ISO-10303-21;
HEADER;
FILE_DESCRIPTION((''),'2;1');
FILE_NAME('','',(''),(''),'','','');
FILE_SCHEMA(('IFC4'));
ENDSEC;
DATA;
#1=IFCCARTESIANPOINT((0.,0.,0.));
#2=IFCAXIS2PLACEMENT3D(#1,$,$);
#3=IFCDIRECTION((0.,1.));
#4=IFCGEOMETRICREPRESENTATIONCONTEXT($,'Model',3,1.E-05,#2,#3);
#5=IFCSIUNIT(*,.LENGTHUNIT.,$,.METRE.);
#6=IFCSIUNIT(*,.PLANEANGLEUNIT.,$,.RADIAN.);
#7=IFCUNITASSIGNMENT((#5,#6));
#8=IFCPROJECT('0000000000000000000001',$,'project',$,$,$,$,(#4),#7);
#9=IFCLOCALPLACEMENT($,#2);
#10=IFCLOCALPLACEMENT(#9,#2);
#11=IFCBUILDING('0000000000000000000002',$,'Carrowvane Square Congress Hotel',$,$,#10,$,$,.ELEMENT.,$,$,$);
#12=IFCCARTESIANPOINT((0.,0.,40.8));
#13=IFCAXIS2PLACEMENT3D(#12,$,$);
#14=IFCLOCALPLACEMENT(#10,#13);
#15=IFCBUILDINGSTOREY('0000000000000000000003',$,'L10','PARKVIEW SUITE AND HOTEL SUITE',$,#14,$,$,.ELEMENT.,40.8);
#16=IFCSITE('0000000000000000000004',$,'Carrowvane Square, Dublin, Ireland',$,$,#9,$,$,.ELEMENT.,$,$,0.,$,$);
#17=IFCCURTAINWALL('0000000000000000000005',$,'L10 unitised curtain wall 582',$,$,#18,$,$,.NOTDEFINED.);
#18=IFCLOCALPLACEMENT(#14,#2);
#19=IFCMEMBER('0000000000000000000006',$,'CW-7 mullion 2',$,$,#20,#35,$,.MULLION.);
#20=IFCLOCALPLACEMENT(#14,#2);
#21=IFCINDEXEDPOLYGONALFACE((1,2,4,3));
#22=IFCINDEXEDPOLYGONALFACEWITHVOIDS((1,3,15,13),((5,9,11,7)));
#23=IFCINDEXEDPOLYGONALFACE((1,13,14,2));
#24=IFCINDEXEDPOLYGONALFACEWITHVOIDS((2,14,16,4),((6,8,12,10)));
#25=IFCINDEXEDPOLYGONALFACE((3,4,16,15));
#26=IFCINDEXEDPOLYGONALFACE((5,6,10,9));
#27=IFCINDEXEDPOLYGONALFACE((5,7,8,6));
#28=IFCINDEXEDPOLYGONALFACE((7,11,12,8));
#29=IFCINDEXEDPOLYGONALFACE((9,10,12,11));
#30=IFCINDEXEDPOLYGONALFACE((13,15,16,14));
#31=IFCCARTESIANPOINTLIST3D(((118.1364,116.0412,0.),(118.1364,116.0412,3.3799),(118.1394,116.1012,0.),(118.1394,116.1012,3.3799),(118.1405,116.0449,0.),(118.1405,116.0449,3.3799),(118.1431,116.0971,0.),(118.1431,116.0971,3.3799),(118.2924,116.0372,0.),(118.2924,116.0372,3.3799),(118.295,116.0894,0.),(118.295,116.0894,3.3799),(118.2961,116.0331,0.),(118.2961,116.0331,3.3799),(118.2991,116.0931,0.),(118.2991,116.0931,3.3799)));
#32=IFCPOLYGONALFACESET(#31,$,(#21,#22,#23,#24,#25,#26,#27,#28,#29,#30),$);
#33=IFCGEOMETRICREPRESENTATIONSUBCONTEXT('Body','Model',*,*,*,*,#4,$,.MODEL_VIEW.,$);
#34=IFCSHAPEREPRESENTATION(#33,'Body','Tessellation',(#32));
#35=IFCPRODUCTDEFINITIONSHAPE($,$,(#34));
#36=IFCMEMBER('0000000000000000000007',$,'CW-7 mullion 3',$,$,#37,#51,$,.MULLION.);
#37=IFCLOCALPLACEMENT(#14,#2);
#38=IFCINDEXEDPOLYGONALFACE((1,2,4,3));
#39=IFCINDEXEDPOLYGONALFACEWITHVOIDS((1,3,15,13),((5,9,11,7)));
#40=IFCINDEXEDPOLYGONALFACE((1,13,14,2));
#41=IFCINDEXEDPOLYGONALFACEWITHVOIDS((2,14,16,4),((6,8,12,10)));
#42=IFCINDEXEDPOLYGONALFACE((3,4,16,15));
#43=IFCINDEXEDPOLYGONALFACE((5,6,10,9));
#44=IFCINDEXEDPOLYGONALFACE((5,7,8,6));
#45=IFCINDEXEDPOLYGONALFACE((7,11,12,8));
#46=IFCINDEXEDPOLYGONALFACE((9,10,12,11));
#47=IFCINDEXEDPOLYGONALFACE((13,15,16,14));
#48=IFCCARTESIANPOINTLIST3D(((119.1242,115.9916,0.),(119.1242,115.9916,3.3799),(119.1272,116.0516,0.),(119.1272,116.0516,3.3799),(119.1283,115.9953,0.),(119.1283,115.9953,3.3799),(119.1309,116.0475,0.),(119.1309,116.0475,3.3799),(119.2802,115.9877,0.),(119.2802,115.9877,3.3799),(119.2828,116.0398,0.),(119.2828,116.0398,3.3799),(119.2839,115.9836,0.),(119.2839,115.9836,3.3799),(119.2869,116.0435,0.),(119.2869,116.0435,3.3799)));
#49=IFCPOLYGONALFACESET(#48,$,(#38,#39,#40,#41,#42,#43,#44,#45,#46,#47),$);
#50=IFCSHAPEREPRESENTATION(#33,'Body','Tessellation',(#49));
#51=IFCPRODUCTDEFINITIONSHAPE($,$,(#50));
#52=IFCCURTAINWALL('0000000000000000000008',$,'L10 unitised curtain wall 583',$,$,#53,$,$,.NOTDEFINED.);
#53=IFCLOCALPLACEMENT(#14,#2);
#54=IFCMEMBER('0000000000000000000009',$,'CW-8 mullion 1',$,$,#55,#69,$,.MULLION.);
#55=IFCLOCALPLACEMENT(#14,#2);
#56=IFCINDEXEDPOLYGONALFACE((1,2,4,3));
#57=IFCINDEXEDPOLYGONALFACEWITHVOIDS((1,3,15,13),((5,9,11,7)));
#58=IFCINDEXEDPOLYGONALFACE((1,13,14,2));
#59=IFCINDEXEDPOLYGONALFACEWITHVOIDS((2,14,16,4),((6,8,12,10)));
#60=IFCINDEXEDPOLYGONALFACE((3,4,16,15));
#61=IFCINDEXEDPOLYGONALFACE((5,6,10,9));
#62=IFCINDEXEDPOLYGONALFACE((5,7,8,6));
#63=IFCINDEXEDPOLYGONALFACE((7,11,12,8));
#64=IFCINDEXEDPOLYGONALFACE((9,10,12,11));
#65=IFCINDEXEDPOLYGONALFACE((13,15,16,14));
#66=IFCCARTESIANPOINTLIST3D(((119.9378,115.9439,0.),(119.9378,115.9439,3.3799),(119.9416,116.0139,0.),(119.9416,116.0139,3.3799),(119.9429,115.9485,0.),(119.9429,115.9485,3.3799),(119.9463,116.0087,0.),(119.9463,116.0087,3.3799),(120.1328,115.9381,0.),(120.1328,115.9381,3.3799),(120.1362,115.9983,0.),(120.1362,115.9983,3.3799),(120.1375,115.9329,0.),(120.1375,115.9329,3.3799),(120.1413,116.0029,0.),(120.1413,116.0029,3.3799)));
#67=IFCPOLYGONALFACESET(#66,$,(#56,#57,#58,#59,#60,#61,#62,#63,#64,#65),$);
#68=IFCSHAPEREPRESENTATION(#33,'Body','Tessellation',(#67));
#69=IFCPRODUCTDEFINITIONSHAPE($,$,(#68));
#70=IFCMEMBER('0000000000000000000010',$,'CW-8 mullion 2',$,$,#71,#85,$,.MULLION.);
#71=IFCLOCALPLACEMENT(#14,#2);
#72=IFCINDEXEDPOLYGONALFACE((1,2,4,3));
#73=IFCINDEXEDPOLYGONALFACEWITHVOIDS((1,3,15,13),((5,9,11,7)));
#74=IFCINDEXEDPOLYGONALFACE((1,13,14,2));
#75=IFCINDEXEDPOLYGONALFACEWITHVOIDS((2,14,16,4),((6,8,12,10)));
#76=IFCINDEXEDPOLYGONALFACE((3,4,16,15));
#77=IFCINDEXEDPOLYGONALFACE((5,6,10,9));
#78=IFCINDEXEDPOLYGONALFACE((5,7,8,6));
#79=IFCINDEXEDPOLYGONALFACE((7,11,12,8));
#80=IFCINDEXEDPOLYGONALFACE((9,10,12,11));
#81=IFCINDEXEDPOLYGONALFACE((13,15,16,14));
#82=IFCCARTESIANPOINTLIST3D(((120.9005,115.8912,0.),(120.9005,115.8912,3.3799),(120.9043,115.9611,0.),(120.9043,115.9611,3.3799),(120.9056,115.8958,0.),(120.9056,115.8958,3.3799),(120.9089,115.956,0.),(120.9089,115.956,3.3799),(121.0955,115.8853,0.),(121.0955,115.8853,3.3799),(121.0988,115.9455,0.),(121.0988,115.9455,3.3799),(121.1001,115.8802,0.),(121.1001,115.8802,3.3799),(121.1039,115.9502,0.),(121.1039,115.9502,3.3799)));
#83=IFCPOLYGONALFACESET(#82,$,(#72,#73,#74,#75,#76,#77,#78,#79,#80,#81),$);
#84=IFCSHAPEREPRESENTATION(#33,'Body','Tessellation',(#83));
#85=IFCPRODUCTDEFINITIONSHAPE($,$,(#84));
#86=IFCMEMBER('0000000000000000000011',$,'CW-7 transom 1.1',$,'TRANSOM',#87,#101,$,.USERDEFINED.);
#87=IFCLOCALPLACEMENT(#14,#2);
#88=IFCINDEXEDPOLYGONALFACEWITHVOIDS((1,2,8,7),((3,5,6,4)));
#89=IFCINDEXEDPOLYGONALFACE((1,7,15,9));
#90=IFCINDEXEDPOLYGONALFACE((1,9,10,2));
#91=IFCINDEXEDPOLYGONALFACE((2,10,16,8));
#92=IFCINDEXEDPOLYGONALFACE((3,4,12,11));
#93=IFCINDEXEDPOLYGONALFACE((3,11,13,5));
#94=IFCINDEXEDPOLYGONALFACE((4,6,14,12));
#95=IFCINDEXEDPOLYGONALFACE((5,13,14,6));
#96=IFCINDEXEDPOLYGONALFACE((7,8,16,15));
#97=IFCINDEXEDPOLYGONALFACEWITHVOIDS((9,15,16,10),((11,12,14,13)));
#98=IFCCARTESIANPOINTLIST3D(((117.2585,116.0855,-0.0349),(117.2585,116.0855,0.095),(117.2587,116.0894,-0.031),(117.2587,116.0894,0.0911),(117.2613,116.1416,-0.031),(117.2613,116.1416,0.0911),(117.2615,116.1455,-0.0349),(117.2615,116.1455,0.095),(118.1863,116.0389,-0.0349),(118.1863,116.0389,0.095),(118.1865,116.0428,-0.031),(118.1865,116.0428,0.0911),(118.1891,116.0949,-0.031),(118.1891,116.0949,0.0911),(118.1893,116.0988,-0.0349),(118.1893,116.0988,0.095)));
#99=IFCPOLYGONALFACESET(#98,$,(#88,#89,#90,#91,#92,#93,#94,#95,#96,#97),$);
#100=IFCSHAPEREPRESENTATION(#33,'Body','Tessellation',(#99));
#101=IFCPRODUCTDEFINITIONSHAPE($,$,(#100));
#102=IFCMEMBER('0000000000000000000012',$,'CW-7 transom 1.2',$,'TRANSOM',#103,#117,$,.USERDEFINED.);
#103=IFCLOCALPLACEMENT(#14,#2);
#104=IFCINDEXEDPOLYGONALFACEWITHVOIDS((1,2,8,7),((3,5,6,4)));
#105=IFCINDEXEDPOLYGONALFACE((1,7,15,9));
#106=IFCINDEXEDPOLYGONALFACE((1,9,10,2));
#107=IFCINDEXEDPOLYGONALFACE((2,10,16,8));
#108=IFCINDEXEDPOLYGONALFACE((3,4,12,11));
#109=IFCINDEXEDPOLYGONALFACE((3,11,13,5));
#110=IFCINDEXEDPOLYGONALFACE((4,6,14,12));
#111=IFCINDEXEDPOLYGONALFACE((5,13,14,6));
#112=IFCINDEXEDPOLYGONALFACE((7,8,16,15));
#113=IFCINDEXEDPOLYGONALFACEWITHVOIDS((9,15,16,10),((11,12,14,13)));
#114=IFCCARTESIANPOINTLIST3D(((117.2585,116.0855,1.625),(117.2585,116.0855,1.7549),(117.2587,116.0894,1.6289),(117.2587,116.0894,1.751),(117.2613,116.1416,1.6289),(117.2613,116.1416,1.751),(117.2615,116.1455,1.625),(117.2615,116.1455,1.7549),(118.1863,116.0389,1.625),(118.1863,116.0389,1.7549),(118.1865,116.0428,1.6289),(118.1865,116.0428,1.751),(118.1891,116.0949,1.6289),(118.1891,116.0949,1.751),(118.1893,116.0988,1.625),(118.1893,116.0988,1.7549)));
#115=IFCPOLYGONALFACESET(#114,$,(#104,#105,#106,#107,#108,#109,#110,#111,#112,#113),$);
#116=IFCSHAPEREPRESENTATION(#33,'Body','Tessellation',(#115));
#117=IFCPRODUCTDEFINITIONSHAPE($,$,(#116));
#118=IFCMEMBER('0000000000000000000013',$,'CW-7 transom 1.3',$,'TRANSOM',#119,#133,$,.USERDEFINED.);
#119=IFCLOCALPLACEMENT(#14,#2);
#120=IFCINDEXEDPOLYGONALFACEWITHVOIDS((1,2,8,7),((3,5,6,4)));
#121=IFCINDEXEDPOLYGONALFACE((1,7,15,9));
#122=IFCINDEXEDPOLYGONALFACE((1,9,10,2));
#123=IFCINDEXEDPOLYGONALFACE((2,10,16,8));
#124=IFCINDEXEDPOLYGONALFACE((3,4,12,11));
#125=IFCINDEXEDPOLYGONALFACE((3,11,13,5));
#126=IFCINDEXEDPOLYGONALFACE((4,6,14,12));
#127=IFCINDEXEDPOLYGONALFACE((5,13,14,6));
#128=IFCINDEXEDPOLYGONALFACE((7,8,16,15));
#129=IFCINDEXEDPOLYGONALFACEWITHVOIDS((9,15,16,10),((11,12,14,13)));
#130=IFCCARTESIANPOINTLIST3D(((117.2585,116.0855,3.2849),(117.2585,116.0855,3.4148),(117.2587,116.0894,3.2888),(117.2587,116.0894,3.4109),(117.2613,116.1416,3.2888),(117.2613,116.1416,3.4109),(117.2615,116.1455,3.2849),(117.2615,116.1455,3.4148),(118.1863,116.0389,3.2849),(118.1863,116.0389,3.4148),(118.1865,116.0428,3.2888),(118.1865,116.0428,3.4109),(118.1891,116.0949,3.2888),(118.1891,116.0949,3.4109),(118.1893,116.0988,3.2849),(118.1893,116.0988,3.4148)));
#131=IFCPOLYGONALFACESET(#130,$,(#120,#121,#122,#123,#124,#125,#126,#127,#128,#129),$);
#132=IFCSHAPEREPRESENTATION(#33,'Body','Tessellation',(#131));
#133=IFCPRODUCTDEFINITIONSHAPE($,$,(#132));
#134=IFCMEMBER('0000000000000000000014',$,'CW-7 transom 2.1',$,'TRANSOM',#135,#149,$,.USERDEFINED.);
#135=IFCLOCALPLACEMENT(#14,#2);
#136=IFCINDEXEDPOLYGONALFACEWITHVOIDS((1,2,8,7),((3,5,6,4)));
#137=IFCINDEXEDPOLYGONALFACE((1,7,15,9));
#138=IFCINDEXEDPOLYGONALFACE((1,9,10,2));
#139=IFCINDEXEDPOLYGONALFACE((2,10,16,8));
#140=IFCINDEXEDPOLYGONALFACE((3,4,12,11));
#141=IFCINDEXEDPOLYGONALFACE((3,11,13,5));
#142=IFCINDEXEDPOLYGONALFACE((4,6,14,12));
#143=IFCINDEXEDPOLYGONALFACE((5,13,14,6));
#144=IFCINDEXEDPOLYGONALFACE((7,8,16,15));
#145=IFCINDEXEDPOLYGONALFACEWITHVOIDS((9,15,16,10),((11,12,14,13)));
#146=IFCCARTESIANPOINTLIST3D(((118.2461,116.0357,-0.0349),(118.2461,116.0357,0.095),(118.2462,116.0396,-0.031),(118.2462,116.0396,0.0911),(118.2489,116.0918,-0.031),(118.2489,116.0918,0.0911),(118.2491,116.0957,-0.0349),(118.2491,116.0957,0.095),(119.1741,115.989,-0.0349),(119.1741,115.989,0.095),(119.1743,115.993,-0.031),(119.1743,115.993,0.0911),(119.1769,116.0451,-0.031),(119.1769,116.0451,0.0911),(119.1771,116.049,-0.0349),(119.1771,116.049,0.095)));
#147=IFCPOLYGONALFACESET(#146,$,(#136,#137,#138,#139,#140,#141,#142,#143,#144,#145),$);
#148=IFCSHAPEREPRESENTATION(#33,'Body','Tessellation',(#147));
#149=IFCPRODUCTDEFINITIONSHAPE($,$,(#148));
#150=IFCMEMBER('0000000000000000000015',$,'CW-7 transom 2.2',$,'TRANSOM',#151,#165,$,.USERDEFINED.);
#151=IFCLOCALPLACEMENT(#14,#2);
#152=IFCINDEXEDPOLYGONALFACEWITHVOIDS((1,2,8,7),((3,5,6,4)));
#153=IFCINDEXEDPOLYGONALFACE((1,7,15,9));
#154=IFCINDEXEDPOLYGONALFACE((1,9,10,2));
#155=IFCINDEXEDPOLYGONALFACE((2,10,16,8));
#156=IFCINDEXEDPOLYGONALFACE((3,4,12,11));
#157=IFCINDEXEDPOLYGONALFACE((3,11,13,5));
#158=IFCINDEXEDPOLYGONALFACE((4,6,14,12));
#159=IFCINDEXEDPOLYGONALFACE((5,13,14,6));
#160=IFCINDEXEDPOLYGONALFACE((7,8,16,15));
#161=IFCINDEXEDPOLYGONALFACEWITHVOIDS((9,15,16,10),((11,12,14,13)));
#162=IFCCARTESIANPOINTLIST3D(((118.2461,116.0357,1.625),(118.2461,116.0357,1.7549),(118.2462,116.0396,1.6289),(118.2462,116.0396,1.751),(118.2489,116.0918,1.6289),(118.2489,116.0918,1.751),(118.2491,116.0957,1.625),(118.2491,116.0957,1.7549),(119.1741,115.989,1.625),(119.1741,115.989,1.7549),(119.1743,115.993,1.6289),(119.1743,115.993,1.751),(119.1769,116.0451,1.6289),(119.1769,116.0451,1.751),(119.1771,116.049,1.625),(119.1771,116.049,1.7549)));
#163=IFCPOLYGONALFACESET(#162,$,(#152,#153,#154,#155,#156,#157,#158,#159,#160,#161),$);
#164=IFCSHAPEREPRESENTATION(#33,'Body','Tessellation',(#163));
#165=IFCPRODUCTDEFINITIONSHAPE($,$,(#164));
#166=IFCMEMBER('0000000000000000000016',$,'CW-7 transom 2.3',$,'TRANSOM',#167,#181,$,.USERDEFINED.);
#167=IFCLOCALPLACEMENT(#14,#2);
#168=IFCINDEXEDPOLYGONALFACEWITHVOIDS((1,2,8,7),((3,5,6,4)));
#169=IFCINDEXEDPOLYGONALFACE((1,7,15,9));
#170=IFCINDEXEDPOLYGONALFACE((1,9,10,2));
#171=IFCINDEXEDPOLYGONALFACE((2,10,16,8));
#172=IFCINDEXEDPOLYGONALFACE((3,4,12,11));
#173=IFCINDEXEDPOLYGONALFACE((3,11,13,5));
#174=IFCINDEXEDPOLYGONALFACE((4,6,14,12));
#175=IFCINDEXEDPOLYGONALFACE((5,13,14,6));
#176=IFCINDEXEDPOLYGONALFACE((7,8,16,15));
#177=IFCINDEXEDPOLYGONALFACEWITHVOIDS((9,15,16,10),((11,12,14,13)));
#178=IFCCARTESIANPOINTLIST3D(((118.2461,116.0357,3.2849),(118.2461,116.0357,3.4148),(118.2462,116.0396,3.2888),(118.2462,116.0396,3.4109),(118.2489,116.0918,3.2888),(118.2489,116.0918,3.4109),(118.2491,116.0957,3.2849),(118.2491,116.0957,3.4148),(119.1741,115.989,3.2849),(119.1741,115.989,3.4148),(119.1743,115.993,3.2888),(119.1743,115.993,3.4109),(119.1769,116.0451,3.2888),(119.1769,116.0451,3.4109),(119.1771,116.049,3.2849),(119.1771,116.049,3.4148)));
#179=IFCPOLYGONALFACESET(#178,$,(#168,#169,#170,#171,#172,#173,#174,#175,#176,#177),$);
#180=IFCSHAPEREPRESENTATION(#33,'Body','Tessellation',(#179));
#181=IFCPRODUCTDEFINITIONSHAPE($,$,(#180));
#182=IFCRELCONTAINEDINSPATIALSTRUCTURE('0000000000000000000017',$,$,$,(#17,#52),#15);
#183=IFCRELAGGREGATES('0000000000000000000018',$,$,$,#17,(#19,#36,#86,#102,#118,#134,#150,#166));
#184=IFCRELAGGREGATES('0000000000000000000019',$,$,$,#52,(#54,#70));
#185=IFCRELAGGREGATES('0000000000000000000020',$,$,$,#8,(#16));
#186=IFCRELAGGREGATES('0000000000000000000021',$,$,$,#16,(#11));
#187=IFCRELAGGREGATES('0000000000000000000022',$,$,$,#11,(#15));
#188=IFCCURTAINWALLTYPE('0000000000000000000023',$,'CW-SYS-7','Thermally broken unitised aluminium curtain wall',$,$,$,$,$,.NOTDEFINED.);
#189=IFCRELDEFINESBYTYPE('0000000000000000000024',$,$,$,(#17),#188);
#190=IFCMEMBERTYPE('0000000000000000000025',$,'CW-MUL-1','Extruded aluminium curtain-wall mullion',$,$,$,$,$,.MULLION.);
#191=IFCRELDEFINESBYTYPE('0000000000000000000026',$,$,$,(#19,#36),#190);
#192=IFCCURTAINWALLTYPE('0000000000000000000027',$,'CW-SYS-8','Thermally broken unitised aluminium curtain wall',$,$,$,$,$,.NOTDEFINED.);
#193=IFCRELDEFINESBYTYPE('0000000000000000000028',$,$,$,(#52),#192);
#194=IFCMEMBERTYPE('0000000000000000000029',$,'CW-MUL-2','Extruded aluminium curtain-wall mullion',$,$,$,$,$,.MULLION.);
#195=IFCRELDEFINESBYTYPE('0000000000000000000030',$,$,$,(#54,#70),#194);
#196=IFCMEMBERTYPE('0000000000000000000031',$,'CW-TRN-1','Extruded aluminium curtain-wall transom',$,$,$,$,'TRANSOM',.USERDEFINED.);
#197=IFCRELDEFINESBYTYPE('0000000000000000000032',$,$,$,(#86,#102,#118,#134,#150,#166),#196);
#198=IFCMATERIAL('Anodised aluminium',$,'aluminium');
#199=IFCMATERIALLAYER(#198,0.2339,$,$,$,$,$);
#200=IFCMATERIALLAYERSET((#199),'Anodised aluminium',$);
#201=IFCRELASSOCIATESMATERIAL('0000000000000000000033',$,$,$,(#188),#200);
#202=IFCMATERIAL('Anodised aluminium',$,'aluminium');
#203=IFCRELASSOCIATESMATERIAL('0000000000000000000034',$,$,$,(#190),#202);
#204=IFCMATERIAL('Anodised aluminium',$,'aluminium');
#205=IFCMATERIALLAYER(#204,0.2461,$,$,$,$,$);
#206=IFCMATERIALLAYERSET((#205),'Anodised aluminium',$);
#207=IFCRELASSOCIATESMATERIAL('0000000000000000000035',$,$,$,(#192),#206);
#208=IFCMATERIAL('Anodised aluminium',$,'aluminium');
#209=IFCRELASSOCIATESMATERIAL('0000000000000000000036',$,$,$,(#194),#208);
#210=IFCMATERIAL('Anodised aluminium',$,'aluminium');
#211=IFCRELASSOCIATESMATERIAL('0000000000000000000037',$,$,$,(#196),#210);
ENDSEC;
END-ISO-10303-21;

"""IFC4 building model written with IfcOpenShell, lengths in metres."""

from ifc_helpers import new_model, si_unit, direction, frame, origin, origin_2d, place, context, subcontext, project, spatial, hollow_rectangle, extrude, material, layer, layer_set, material_profile, profile_set, type_object, element, aggregate, save


model = new_model("IFC4")

# Units and contexts
model_context = context("Model", 3, precision=1e-05, world=origin(), true_north=direction((0.0, 1.0)))
body_context = subcontext(model_context, "Body", "Model", "MODEL_VIEW")
ifc_project = project(units=[si_unit("LENGTHUNIT", "METRE"), si_unit("PLANEANGLEUNIT", "RADIAN")], contexts=[model_context])

# Site, building, storey
site_placement = place(None, origin())
site = spatial("IfcSite", under=ifc_project, at=site_placement, Name="Carrowvane Square, Dublin, Ireland", CompositionType="ELEMENT", RefElevation=0.0)
building_placement = place(site_placement, origin())
building = spatial("IfcBuilding", under=site, at=building_placement, Name="Carrowvane Square Congress Hotel", CompositionType="ELEMENT")
storey_placement = place(building_placement, frame((0.0, 0.0, 40.8)))
storey = spatial("IfcBuildingStorey", under=building, at=storey_placement, Name="L10", Description="PARKVIEW SUITE AND HOTEL SUITE", CompositionType="ELEMENT", Elevation=40.8)

# Curtain walls, members
ifc_material_1 = material(Name="Anodised aluminium", Category="aluminium")
ifc_layer_1 = layer(ifc_material_1, 0.2339)
ifc_layer_set_1 = layer_set([ifc_layer_1], Name="Anodised aluminium")
curtain_wall_type_1 = type_object("IfcCurtainWallType", Name="CW-SYS-7", Description="Thermally broken unitised aluminium curtain wall", PredefinedType="NOTDEFINED", material=ifc_layer_set_1)
curtain_wall_1_placement = place(storey_placement, origin())
curtain_wall_1 = element("IfcCurtainWall", 1, at=curtain_wall_1_placement, inside=storey, type_object=curtain_wall_type_1, Name="L10 unitised curtain wall 582", PredefinedType="NOTDEFINED")
ifc_material_2 = material(Name="Anodised aluminium", Category="aluminium")
ifc_material_profile_1 = material_profile(ifc_material_2, hollow_rectangle(XDim=0.0601, YDim=0.1599, WallThickness=0.0039, at=origin_2d()), Name="CW-ML 60x160x4")
ifc_profile_set_1 = profile_set([ifc_material_profile_1], Name="Anodised aluminium")
member_type_1 = type_object("IfcMemberType", Name="CW-MUL-1", Description="Extruded aluminium curtain-wall mullion", PredefinedType="MULLION", material=ifc_profile_set_1)
member_1_placement = place(storey_placement, frame((118.2178, 116.0671, 0.0), z_axis=(0.0, 0.0, 1.0), x_axis=(0.050324, 0.998733, 0.0)))
member_1 = element("IfcMember", 2, at=member_1_placement, type_object=member_type_1, Name="CW-7 mullion 2", PredefinedType="MULLION", context=body_context, shape_type="SweptSolid", body=[
    extrude(hollow_rectangle(XDim=0.0601, YDim=0.1599, WallThickness=0.0039, at=origin_2d()), origin(), (0.0, 0.0, 1.0), 3.3799),
])
member_2_placement = place(storey_placement, frame((119.2056, 116.0176, 0.0), z_axis=(0.0, 0.0, 1.0), x_axis=(0.050324, 0.998733, 0.0)))
member_2 = element("IfcMember", 3, at=member_2_placement, type_object=member_type_1, Name="CW-7 mullion 3", PredefinedType="MULLION", context=body_context, shape_type="SweptSolid", body=[
    extrude(hollow_rectangle(XDim=0.0601, YDim=0.1599, WallThickness=0.0039, at=origin_2d()), origin(), (0.0, 0.0, 1.0), 3.3799),
])
ifc_material_3 = material(Name="Anodised aluminium", Category="aluminium")
ifc_layer_2 = layer(ifc_material_3, 0.2461)
ifc_layer_set_2 = layer_set([ifc_layer_2], Name="Anodised aluminium")
curtain_wall_type_2 = type_object("IfcCurtainWallType", Name="CW-SYS-8", Description="Thermally broken unitised aluminium curtain wall", PredefinedType="NOTDEFINED", material=ifc_layer_set_2)
curtain_wall_2_placement = place(storey_placement, origin())
curtain_wall_2 = element("IfcCurtainWall", 4, at=curtain_wall_2_placement, inside=storey, type_object=curtain_wall_type_2, Name="L10 unitised curtain wall 583", PredefinedType="NOTDEFINED")
ifc_material_4 = material(Name="Anodised aluminium", Category="aluminium")
ifc_material_profile_2 = material_profile(ifc_material_4, hollow_rectangle(XDim=0.0701, YDim=0.2, WallThickness=0.0049, at=origin_2d()), Name="CW-ML 70x200x5")
ifc_profile_set_2 = profile_set([ifc_material_profile_2], Name="Anodised aluminium")
member_type_2 = type_object("IfcMemberType", Name="CW-MUL-2", Description="Extruded aluminium curtain-wall mullion", PredefinedType="MULLION", material=ifc_profile_set_2)
member_3_placement = place(storey_placement, frame((120.0396, 115.9734, 0.0), z_axis=(0.0, 0.0, 1.0), x_axis=(0.054816, 0.998496, 0.0)))
member_3 = element("IfcMember", 5, at=member_3_placement, type_object=member_type_2, Name="CW-8 mullion 1", PredefinedType="MULLION", context=body_context, shape_type="SweptSolid", body=[
    extrude(hollow_rectangle(XDim=0.0701, YDim=0.2, WallThickness=0.0049, at=origin_2d()), origin(), (0.0, 0.0, 1.0), 3.3799),
])
member_4_placement = place(storey_placement, frame((121.0022, 115.9207, 0.0), z_axis=(0.0, 0.0, 1.0), x_axis=(0.054816, 0.998496, 0.0)))
member_4 = element("IfcMember", 6, at=member_4_placement, type_object=member_type_2, Name="CW-8 mullion 2", PredefinedType="MULLION", context=body_context, shape_type="SweptSolid", body=[
    extrude(hollow_rectangle(XDim=0.0701, YDim=0.2, WallThickness=0.0049, at=origin_2d()), origin(), (0.0, 0.0, 1.0), 3.3799),
])

# Members
ifc_material_5 = material(Name="Anodised aluminium", Category="aluminium")
ifc_material_profile_3 = material_profile(ifc_material_5, hollow_rectangle(XDim=0.0601, YDim=0.1299, WallThickness=0.0039, at=origin_2d()), Name="CW-TR 60x130x4")
ifc_profile_set_3 = profile_set([ifc_material_profile_3], Name="Anodised aluminium")
member_type_3 = type_object("IfcMemberType", Name="CW-TRN-1", Description="Extruded aluminium curtain-wall transom", ElementType="TRANSOM", PredefinedType="USERDEFINED", material=ifc_profile_set_3)
member_5_placement = place(storey_placement, frame((117.26, 116.1155, 0.03), z_axis=(0.998739, -0.0502, 0.0), x_axis=(0.0502, 0.998739, 0.0)))
member_5 = element("IfcMember", 7, at=member_5_placement, type_object=member_type_3, Name="CW-7 transom 1.1", ObjectType="TRANSOM", PredefinedType="USERDEFINED", context=body_context, shape_type="SweptSolid", body=[
    extrude(hollow_rectangle(XDim=0.0601, YDim=0.1299, WallThickness=0.0039, at=origin_2d()), origin(), (0.0, 0.0, 1.0), 0.929),
])
member_6_placement = place(storey_placement, frame((117.26, 116.1155, 1.6899), z_axis=(0.998739, -0.0502, 0.0), x_axis=(0.0502, 0.998739, 0.0)))
member_6 = element("IfcMember", 8, at=member_6_placement, type_object=member_type_3, Name="CW-7 transom 1.2", ObjectType="TRANSOM", PredefinedType="USERDEFINED", context=body_context, shape_type="SweptSolid", body=[
    extrude(hollow_rectangle(XDim=0.0601, YDim=0.1299, WallThickness=0.0039, at=origin_2d()), origin(), (0.0, 0.0, 1.0), 0.929),
])
member_7_placement = place(storey_placement, frame((117.26, 116.1155, 3.3499), z_axis=(0.998739, -0.0502, 0.0), x_axis=(0.0502, 0.998739, 0.0)))
member_7 = element("IfcMember", 9, at=member_7_placement, type_object=member_type_3, Name="CW-7 transom 1.3", ObjectType="TRANSOM", PredefinedType="USERDEFINED", context=body_context, shape_type="SweptSolid", body=[
    extrude(hollow_rectangle(XDim=0.0601, YDim=0.1299, WallThickness=0.0039, at=origin_2d()), origin(), (0.0, 0.0, 1.0), 0.929),
])
member_8_placement = place(storey_placement, frame((118.2476, 116.0657, 0.03), z_axis=(0.99874, -0.050187, 0.0), x_axis=(0.050187, 0.99874, 0.0)))
member_8 = element("IfcMember", 10, at=member_8_placement, type_object=member_type_3, Name="CW-7 transom 2.1", ObjectType="TRANSOM", PredefinedType="USERDEFINED", context=body_context, shape_type="SweptSolid", body=[
    extrude(hollow_rectangle(XDim=0.0601, YDim=0.1299, WallThickness=0.0039, at=origin_2d()), origin(), (0.0, 0.0, 1.0), 0.9292),
])
member_9_placement = place(storey_placement, frame((118.2476, 116.0657, 1.6899), z_axis=(0.99874, -0.050187, 0.0), x_axis=(0.050187, 0.99874, 0.0)))
member_9 = element("IfcMember", 11, at=member_9_placement, type_object=member_type_3, Name="CW-7 transom 2.2", ObjectType="TRANSOM", PredefinedType="USERDEFINED", context=body_context, shape_type="SweptSolid", body=[
    extrude(hollow_rectangle(XDim=0.0601, YDim=0.1299, WallThickness=0.0039, at=origin_2d()), origin(), (0.0, 0.0, 1.0), 0.9292),
])
member_10_placement = place(storey_placement, frame((118.2476, 116.0657, 3.3499), z_axis=(0.99874, -0.050187, 0.0), x_axis=(0.050187, 0.99874, 0.0)))
member_10 = element("IfcMember", 12, at=member_10_placement, type_object=member_type_3, Name="CW-7 transom 2.3", ObjectType="TRANSOM", PredefinedType="USERDEFINED", context=body_context, shape_type="SweptSolid", body=[
    extrude(hollow_rectangle(XDim=0.0601, YDim=0.1299, WallThickness=0.0039, at=origin_2d()), origin(), (0.0, 0.0, 1.0), 0.9292),
])

aggregate(curtain_wall_1, [member_1, member_2, member_5, member_6, member_7, member_8, member_9, member_10])
aggregate(curtain_wall_2, [member_3, member_4])

save(model, "model.ifc")
